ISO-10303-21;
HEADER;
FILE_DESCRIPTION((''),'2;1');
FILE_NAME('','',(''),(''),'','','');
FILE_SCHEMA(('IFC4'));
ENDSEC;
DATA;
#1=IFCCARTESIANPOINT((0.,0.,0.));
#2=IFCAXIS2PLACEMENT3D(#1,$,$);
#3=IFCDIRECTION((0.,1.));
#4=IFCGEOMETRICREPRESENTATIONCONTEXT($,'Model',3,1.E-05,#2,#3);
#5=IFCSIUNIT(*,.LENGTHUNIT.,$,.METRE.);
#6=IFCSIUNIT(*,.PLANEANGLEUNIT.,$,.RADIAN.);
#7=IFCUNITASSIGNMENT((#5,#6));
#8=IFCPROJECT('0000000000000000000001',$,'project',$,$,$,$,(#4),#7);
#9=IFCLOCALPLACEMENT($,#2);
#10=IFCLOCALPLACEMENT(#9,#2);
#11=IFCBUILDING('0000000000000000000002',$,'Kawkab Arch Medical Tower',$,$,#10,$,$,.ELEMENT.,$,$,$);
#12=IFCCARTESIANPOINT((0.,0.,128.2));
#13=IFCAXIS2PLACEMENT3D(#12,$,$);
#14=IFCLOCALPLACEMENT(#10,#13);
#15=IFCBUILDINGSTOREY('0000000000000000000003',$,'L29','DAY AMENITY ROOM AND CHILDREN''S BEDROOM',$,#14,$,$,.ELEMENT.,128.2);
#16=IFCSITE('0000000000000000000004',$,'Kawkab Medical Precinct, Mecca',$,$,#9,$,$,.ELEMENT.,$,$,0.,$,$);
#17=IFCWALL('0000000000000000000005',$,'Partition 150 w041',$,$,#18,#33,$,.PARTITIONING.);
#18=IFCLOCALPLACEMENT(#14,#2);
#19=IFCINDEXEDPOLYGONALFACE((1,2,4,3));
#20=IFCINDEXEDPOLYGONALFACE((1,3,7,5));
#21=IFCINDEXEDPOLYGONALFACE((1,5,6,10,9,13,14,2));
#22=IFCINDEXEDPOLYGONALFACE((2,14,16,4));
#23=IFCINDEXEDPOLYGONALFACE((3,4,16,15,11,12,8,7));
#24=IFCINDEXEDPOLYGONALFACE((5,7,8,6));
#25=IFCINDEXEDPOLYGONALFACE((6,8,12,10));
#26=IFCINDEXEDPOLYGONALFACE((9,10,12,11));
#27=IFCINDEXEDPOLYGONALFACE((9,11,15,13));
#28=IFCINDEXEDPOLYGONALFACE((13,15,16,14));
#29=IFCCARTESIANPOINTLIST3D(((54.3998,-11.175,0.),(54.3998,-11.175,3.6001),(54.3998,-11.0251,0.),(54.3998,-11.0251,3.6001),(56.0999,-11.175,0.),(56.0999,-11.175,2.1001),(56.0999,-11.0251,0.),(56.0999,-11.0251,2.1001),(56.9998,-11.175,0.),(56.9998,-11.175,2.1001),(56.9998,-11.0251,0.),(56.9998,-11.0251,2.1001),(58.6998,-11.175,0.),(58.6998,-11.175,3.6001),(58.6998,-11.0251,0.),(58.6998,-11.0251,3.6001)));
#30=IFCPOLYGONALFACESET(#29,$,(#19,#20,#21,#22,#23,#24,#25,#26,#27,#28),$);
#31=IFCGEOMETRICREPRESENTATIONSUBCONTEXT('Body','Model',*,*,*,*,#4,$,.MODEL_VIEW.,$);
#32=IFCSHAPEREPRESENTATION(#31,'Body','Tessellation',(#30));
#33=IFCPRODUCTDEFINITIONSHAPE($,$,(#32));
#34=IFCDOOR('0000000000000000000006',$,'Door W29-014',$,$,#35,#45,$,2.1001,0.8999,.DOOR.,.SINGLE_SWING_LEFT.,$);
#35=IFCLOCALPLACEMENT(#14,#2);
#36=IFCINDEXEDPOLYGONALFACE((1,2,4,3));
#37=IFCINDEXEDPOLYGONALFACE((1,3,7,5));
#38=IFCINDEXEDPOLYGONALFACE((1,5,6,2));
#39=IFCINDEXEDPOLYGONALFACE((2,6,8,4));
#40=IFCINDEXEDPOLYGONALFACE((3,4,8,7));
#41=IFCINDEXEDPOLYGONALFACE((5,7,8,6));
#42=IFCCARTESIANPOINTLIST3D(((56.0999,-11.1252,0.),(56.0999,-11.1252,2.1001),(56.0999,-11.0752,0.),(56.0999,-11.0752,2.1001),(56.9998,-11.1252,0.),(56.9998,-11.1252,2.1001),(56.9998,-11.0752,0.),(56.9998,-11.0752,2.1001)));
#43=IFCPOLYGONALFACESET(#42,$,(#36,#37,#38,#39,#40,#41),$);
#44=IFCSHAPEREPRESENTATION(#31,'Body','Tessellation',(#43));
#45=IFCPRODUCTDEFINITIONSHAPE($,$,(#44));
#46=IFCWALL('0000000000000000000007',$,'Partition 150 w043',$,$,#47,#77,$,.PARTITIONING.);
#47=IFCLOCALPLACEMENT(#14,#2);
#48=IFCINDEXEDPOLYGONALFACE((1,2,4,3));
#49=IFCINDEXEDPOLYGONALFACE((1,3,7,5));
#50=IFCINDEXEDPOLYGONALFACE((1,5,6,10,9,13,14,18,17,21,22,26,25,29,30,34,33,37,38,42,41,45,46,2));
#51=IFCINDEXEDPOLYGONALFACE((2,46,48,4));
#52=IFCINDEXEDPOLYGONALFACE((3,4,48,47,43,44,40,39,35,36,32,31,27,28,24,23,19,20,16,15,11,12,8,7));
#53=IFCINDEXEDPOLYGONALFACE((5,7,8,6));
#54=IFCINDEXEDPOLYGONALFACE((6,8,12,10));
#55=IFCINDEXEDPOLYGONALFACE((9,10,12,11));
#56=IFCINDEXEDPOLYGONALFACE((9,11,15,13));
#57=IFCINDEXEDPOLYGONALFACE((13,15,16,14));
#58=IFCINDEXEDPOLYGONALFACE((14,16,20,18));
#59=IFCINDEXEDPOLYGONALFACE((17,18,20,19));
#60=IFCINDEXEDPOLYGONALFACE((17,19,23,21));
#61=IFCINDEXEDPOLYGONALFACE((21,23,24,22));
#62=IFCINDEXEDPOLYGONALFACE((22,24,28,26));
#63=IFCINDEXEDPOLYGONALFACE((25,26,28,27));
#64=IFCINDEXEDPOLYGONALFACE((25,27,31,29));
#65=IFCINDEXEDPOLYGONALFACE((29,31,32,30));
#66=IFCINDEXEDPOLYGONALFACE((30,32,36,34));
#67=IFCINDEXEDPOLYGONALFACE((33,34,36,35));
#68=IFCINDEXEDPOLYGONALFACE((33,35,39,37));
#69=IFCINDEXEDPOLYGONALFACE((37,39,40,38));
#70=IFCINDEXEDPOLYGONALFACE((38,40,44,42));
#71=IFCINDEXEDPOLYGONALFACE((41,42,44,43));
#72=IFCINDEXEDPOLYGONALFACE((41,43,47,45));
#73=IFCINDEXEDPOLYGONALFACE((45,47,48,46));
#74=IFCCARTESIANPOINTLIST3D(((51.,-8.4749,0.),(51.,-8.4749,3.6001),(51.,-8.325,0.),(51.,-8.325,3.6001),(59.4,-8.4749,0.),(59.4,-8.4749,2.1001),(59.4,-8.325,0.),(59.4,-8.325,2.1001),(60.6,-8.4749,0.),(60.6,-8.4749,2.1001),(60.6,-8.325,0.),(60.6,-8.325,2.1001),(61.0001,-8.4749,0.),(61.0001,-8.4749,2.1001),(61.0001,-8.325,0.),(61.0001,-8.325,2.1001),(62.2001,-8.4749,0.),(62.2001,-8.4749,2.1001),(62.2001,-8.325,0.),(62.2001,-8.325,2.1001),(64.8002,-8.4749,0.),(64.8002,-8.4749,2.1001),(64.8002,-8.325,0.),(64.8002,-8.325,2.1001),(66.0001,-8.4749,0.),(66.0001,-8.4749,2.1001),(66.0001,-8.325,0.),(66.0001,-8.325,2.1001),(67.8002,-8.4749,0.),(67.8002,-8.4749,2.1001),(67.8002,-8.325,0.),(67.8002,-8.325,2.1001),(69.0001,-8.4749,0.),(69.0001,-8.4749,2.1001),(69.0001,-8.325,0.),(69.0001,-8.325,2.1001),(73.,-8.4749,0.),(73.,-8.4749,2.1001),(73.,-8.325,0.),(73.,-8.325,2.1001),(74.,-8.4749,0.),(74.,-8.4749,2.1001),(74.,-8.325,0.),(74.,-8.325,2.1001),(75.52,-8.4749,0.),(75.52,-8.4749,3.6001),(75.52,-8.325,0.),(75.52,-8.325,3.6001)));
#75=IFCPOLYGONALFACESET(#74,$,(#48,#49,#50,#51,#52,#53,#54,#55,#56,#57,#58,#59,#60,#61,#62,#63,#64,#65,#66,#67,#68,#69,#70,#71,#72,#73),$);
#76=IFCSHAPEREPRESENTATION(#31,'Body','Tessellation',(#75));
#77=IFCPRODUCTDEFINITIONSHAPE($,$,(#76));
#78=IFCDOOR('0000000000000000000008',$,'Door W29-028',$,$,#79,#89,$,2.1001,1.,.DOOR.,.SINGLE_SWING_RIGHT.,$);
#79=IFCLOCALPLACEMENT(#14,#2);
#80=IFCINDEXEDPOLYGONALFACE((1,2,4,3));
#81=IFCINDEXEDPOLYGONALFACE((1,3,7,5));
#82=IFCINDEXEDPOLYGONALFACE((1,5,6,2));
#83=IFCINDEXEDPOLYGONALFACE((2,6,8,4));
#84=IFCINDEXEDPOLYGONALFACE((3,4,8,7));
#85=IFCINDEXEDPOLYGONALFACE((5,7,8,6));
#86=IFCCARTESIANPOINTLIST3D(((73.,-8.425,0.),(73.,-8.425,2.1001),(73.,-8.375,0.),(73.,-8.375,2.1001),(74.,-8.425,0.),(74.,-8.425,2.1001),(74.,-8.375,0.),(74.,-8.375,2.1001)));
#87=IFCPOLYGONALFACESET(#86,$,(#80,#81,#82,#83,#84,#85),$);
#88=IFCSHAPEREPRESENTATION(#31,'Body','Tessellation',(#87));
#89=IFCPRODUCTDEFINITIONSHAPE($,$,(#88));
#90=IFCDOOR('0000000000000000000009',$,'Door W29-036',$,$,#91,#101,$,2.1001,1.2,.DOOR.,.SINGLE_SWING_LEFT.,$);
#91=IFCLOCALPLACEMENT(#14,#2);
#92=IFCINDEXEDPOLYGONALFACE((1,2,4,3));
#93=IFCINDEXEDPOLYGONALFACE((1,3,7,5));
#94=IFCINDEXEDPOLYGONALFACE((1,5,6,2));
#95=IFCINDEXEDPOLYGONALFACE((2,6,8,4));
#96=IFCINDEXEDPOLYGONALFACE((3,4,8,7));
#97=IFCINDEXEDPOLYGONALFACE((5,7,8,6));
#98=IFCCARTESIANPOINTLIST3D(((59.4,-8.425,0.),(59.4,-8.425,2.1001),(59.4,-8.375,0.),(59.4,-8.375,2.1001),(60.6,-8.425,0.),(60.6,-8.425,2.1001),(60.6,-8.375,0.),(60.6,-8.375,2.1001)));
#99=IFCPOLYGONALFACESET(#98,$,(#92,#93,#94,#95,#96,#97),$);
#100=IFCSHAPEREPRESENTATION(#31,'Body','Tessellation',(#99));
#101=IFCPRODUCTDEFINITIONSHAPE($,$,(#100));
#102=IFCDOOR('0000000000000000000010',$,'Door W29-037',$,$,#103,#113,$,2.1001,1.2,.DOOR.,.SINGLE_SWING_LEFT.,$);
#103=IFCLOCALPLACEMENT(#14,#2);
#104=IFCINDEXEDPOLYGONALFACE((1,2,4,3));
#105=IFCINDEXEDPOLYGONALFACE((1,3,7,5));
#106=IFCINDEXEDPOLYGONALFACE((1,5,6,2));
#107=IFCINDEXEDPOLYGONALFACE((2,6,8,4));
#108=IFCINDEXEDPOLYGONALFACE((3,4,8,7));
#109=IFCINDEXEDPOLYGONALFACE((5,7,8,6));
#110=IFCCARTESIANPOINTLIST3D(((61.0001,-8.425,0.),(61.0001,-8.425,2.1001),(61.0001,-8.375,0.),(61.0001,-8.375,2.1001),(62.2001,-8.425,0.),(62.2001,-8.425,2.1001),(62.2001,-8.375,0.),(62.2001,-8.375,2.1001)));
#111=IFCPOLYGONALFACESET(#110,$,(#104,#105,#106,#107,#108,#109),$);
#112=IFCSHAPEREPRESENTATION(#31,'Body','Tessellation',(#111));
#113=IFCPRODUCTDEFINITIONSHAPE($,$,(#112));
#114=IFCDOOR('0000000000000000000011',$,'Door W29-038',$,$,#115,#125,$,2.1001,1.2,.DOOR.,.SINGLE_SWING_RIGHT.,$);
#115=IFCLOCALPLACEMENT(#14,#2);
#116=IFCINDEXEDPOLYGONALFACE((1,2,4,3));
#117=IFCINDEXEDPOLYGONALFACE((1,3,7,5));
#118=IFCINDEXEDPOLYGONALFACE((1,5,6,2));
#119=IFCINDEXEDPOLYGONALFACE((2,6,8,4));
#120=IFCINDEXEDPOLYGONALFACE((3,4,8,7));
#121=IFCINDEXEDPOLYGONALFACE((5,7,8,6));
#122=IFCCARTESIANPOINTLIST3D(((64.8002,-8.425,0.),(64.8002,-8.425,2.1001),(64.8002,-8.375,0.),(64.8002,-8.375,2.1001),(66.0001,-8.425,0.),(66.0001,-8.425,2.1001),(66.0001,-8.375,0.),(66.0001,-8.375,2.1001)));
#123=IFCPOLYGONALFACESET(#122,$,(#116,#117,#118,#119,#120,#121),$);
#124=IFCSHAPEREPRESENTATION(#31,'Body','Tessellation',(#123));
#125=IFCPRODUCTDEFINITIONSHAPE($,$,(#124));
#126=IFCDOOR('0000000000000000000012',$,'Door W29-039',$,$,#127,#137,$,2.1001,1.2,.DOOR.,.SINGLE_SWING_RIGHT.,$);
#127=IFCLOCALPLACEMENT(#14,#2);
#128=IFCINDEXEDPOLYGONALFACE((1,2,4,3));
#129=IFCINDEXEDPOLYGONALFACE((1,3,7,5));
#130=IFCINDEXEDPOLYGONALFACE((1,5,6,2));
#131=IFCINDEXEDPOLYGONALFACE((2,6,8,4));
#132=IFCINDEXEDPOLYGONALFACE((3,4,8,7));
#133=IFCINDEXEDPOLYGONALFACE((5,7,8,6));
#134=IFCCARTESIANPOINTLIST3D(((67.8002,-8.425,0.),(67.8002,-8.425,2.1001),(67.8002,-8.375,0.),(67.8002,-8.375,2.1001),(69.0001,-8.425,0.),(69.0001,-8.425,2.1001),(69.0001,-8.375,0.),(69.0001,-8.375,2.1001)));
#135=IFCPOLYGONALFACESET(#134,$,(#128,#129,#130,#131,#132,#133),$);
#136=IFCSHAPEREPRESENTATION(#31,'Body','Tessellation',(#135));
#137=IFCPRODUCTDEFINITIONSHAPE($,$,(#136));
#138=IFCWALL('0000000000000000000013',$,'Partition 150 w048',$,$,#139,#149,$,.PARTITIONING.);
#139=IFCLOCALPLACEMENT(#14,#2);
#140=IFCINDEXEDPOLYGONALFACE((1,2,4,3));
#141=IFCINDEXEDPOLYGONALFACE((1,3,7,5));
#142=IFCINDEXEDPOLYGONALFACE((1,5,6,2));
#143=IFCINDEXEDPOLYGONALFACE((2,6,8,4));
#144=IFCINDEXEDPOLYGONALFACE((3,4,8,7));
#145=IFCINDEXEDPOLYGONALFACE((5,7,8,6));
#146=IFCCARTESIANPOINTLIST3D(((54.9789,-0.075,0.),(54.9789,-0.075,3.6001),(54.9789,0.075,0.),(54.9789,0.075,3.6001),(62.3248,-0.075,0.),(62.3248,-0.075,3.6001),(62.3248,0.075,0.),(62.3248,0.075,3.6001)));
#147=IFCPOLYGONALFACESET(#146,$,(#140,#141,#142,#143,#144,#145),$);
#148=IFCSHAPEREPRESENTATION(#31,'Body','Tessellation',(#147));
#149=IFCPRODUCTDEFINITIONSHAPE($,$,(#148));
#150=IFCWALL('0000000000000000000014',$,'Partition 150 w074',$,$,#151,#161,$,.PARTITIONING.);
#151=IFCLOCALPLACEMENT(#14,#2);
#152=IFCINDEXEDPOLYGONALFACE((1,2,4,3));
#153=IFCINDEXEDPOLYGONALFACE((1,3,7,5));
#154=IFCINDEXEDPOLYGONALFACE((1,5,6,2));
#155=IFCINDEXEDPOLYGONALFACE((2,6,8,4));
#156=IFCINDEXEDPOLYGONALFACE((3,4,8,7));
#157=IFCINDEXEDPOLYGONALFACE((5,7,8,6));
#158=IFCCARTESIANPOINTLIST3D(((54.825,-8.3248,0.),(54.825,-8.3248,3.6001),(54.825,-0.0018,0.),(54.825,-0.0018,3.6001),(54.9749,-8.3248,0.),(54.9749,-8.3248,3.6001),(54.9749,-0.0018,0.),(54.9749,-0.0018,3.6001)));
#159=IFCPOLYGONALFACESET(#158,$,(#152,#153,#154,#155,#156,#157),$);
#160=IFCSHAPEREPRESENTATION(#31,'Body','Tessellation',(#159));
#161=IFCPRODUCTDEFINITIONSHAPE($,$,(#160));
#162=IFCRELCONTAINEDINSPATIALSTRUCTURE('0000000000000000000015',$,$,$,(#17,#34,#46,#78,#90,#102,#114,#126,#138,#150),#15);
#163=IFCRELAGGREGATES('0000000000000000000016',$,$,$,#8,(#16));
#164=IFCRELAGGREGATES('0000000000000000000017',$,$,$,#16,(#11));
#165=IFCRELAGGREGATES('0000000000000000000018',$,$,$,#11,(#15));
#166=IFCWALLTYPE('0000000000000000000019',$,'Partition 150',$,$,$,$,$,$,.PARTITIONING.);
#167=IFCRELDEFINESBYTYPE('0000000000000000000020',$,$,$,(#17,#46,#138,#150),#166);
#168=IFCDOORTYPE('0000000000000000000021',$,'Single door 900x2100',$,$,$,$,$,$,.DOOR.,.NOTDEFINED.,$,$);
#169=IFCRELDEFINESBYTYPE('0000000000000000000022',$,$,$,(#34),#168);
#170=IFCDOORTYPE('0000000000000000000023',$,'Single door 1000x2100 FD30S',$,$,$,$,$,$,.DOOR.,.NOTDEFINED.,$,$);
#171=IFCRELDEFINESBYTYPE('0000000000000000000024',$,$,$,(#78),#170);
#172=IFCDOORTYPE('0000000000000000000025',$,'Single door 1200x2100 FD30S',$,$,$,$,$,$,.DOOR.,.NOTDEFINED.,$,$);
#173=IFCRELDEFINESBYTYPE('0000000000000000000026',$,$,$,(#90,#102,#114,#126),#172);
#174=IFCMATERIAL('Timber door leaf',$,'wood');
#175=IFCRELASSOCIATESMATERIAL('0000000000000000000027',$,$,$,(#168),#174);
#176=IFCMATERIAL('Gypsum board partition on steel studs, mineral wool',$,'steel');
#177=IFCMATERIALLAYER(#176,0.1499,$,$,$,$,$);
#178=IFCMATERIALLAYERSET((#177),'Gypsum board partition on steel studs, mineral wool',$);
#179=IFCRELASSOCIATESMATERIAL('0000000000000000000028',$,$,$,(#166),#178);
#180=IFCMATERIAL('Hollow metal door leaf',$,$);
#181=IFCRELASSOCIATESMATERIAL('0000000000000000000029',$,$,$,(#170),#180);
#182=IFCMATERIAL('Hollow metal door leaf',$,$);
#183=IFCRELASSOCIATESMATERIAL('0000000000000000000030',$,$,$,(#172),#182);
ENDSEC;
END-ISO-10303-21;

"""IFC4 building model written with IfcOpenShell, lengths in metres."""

from ifc_helpers import new_model, si_unit, direction, frame, frame_2d, origin, place, context, subcontext, project, spatial, rectangle, extrude, material, layer, layer_set, type_object, element, fill, save


model = new_model("IFC4")

# Units and contexts
model_context = context("Model", 3, precision=1e-05, world=origin(), true_north=direction((0.0, 1.0)))
body_context = subcontext(model_context, "Body", "Model", "MODEL_VIEW")
ifc_project = project(units=[si_unit("LENGTHUNIT", "METRE"), si_unit("PLANEANGLEUNIT", "RADIAN")], contexts=[model_context])

# Site, building, storey
site_placement = place(None, origin())
site = spatial("IfcSite", under=ifc_project, at=site_placement, Name="Kawkab Medical Precinct, Mecca", CompositionType="ELEMENT", RefElevation=0.0)
building_placement = place(site_placement, origin())
building = spatial("IfcBuilding", under=site, at=building_placement, Name="Kawkab Arch Medical Tower", CompositionType="ELEMENT")
storey_placement = place(building_placement, frame((0.0, 0.0, 128.2)))
storey = spatial("IfcBuildingStorey", under=building, at=storey_placement, Name="L29", Description="DAY AMENITY ROOM AND CHILDREN'S BEDROOM", CompositionType="ELEMENT", Elevation=128.2)

# Shared definitions
ifc_material_1 = material(Name="Timber door leaf", Category="wood")
door_type_1 = type_object("IfcDoorType", Name="Single door 900x2100", OperationType="NOTDEFINED", PredefinedType="DOOR", material=ifc_material_1)

# Shared definitions
ifc_material_2 = material(Name="Gypsum board partition on steel studs, mineral wool", Category="steel")
ifc_layer_1 = layer(ifc_material_2, 0.1499)
ifc_layer_set_1 = layer_set([ifc_layer_1], Name="Gypsum board partition on steel studs, mineral wool")
wall_type_1 = type_object("IfcWallType", Name="Partition 150", PredefinedType="PARTITIONING", material=ifc_layer_set_1)

# Wall, opening, door
wall_1_placement = place(storey_placement, frame((54.3999, -11.1001, 0.0), z_axis=(0.0, 0.0, 1.0), x_axis=(1.0, 0.0, 0.0)))
wall_1 = element("IfcWall", 1, at=wall_1_placement, inside=storey, type_object=wall_type_1, Name="Partition 150 w041", PredefinedType="PARTITIONING", context=body_context, shape_type="SweptSolid", body=[
    extrude(rectangle(XDim=4.3, YDim=0.1499, at=frame_2d((2.1499, 0.0))), origin(), (0.0, 0.0, 1.0), 3.6001),
])
opening_1_placement = place(wall_1_placement, frame((1.7, 0.0, 0.0)))
opening_1 = element("IfcOpeningElement", 2, at=opening_1_placement, cuts=wall_1, PredefinedType="OPENING", context=body_context, shape_type="SweptSolid", body=[
    extrude(rectangle(XDim=0.8999, YDim=2.1001, at=frame_2d((0.45, 1.05))), frame((0.0, 0.085, 0.0), z_axis=(0.0, -1.0, 0.0), x_axis=(1.0, 0.0, 0.0)), (0.0, 0.0, 1.0), 0.1699),
])
door_1_placement = place(opening_1_placement, origin())
door_1 = element("IfcDoor", 3, at=door_1_placement, inside=storey, type_object=door_type_1, Name="Door W29-014", OperationType="SINGLE_SWING_LEFT", OverallHeight=2.1001, OverallWidth=0.8999, PredefinedType="DOOR", context=body_context, shape_type="SweptSolid", body=[
    extrude(rectangle(XDim=0.8999, YDim=2.1001, at=frame_2d((0.45, 1.05))), frame((0.0, 0.0249, 0.0), z_axis=(0.0, -1.0, 0.0), x_axis=(1.0, 0.0, 0.0)), (0.0, 0.0, 1.0), 0.05),
])
fill(opening_1, door_1)

# Wall, openings, doors
wall_2_placement = place(storey_placement, frame((51.0, -8.3999, 0.0), z_axis=(0.0, 0.0, 1.0), x_axis=(1.0, 0.0, 0.0)))
wall_2 = element("IfcWall", 4, at=wall_2_placement, inside=storey, type_object=wall_type_1, Name="Partition 150 w043", PredefinedType="PARTITIONING", context=body_context, shape_type="SweptSolid", body=[
    extrude(rectangle(XDim=24.52, YDim=0.1499, at=frame_2d((12.26, 0.0))), origin(), (0.0, 0.0, 1.0), 3.6001),
])
opening_2_placement = place(wall_2_placement, frame((8.3999, 0.0, 0.0)))
opening_2 = element("IfcOpeningElement", 5, at=opening_2_placement, cuts=wall_2, PredefinedType="OPENING", context=body_context, shape_type="SweptSolid", body=[
    extrude(rectangle(XDim=1.2, YDim=2.1001, at=frame_2d((0.6001, 1.05))), frame((0.0, 0.085, 0.0), z_axis=(0.0, -1.0, 0.0), x_axis=(1.0, 0.0, 0.0)), (0.0, 0.0, 1.0), 0.1699),
])
opening_3_placement = place(wall_2_placement, frame((10.0, 0.0, 0.0)))
opening_3 = element("IfcOpeningElement", 6, at=opening_3_placement, cuts=wall_2, PredefinedType="OPENING", context=body_context, shape_type="SweptSolid", body=[
    extrude(rectangle(XDim=1.2, YDim=2.1001, at=frame_2d((0.6001, 1.05))), frame((0.0, 0.085, 0.0), z_axis=(0.0, -1.0, 0.0), x_axis=(1.0, 0.0, 0.0)), (0.0, 0.0, 1.0), 0.1699),
])
opening_4_placement = place(wall_2_placement, frame((13.8, 0.0, 0.0)))
opening_4 = element("IfcOpeningElement", 7, at=opening_4_placement, cuts=wall_2, PredefinedType="OPENING", context=body_context, shape_type="SweptSolid", body=[
    extrude(rectangle(XDim=1.2, YDim=2.1001, at=frame_2d((0.6001, 1.05))), frame((0.0, 0.085, 0.0), z_axis=(0.0, -1.0, 0.0), x_axis=(1.0, 0.0, 0.0)), (0.0, 0.0, 1.0), 0.1699),
])
opening_5_placement = place(wall_2_placement, frame((16.8, 0.0, 0.0)))
opening_5 = element("IfcOpeningElement", 8, at=opening_5_placement, cuts=wall_2, PredefinedType="OPENING", context=body_context, shape_type="SweptSolid", body=[
    extrude(rectangle(XDim=1.2, YDim=2.1001, at=frame_2d((0.6001, 1.05))), frame((0.0, 0.085, 0.0), z_axis=(0.0, -1.0, 0.0), x_axis=(1.0, 0.0, 0.0)), (0.0, 0.0, 1.0), 0.1699),
])
opening_6_placement = place(wall_2_placement, frame((22.0, 0.0, 0.0)))
opening_6 = element("IfcOpeningElement", 9, at=opening_6_placement, cuts=wall_2, PredefinedType="OPENING", context=body_context, shape_type="SweptSolid", body=[
    extrude(rectangle(XDim=1.0, YDim=2.1001, at=frame_2d((0.5, 1.05))), frame((0.0, 0.085, 0.0), z_axis=(0.0, -1.0, 0.0), x_axis=(1.0, 0.0, 0.0)), (0.0, 0.0, 1.0), 0.1699),
])
ifc_material_3 = material(Name="Hollow metal door leaf")
door_type_2 = type_object("IfcDoorType", Name="Single door 1000x2100 FD30S", OperationType="NOTDEFINED", PredefinedType="DOOR", material=ifc_material_3)
door_2_placement = place(opening_6_placement, origin())
door_2 = element("IfcDoor", 10, at=door_2_placement, inside=storey, type_object=door_type_2, Name="Door W29-028", OperationType="SINGLE_SWING_RIGHT", OverallHeight=2.1001, OverallWidth=1.0, PredefinedType="DOOR", context=body_context, shape_type="SweptSolid", body=[
    extrude(rectangle(XDim=1.0, YDim=2.1001, at=frame_2d((0.5, 1.05))), frame((0.0, 0.0249, 0.0), z_axis=(0.0, -1.0, 0.0), x_axis=(1.0, 0.0, 0.0)), (0.0, 0.0, 1.0), 0.05),
])
fill(opening_6, door_2)
ifc_material_4 = material(Name="Hollow metal door leaf")
door_type_3 = type_object("IfcDoorType", Name="Single door 1200x2100 FD30S", OperationType="NOTDEFINED", PredefinedType="DOOR", material=ifc_material_4)
door_3_placement = place(opening_2_placement, origin())
door_3 = element("IfcDoor", 11, at=door_3_placement, inside=storey, type_object=door_type_3, Name="Door W29-036", OperationType="SINGLE_SWING_LEFT", OverallHeight=2.1001, OverallWidth=1.2, PredefinedType="DOOR", context=body_context, shape_type="SweptSolid", body=[
    extrude(rectangle(XDim=1.2, YDim=2.1001, at=frame_2d((0.6001, 1.05))), frame((0.0, 0.0249, 0.0), z_axis=(0.0, -1.0, 0.0), x_axis=(1.0, 0.0, 0.0)), (0.0, 0.0, 1.0), 0.05),
])
fill(opening_2, door_3)
door_4_placement = place(opening_3_placement, origin())
door_4 = element("IfcDoor", 12, at=door_4_placement, inside=storey, type_object=door_type_3, Name="Door W29-037", OperationType="SINGLE_SWING_LEFT", OverallHeight=2.1001, OverallWidth=1.2, PredefinedType="DOOR", context=body_context, shape_type="SweptSolid", body=[
    extrude(rectangle(XDim=1.2, YDim=2.1001, at=frame_2d((0.6001, 1.05))), frame((0.0, 0.0249, 0.0), z_axis=(0.0, -1.0, 0.0), x_axis=(1.0, 0.0, 0.0)), (0.0, 0.0, 1.0), 0.05),
])
fill(opening_3, door_4)
door_5_placement = place(opening_4_placement, origin())
door_5 = element("IfcDoor", 13, at=door_5_placement, inside=storey, type_object=door_type_3, Name="Door W29-038", OperationType="SINGLE_SWING_RIGHT", OverallHeight=2.1001, OverallWidth=1.2, PredefinedType="DOOR", context=body_context, shape_type="SweptSolid", body=[
    extrude(rectangle(XDim=1.2, YDim=2.1001, at=frame_2d((0.6001, 1.05))), frame((0.0, 0.0249, 0.0), z_axis=(0.0, -1.0, 0.0), x_axis=(1.0, 0.0, 0.0)), (0.0, 0.0, 1.0), 0.05),
])
fill(opening_4, door_5)
door_6_placement = place(opening_5_placement, origin())
door_6 = element("IfcDoor", 14, at=door_6_placement, inside=storey, type_object=door_type_3, Name="Door W29-039", OperationType="SINGLE_SWING_RIGHT", OverallHeight=2.1001, OverallWidth=1.2, PredefinedType="DOOR", context=body_context, shape_type="SweptSolid", body=[
    extrude(rectangle(XDim=1.2, YDim=2.1001, at=frame_2d((0.6001, 1.05))), frame((0.0, 0.0249, 0.0), z_axis=(0.0, -1.0, 0.0), x_axis=(1.0, 0.0, 0.0)), (0.0, 0.0, 1.0), 0.05),
])
fill(opening_5, door_6)

# Walls
wall_3_placement = place(storey_placement, frame((54.979, 0.0, 0.0), z_axis=(0.0, 0.0, 1.0), x_axis=(1.0, 0.0, 0.0)))
element("IfcWall", 15, at=wall_3_placement, inside=storey, type_object=wall_type_1, Name="Partition 150 w048", PredefinedType="PARTITIONING", context=body_context, shape_type="SweptSolid", body=[
    extrude(rectangle(XDim=7.3459, YDim=0.1499, at=frame_2d((3.6729, 0.0))), origin(), (0.0, 0.0, 1.0), 3.6001),
])
wall_4_placement = place(storey_placement, frame((54.8999, -8.325, 0.0), z_axis=(0.0, 0.0, 1.0), x_axis=(0.0, 1.0, 0.0)))
element("IfcWall", 16, at=wall_4_placement, inside=storey, type_object=wall_type_1, Name="Partition 150 w074", PredefinedType="PARTITIONING", context=body_context, shape_type="SweptSolid", body=[
    extrude(rectangle(XDim=8.323, YDim=0.1499, at=frame_2d((4.1616, 0.0))), origin(), (0.0, 0.0, 1.0), 3.6001),
])

save(model, "model.ifc")
